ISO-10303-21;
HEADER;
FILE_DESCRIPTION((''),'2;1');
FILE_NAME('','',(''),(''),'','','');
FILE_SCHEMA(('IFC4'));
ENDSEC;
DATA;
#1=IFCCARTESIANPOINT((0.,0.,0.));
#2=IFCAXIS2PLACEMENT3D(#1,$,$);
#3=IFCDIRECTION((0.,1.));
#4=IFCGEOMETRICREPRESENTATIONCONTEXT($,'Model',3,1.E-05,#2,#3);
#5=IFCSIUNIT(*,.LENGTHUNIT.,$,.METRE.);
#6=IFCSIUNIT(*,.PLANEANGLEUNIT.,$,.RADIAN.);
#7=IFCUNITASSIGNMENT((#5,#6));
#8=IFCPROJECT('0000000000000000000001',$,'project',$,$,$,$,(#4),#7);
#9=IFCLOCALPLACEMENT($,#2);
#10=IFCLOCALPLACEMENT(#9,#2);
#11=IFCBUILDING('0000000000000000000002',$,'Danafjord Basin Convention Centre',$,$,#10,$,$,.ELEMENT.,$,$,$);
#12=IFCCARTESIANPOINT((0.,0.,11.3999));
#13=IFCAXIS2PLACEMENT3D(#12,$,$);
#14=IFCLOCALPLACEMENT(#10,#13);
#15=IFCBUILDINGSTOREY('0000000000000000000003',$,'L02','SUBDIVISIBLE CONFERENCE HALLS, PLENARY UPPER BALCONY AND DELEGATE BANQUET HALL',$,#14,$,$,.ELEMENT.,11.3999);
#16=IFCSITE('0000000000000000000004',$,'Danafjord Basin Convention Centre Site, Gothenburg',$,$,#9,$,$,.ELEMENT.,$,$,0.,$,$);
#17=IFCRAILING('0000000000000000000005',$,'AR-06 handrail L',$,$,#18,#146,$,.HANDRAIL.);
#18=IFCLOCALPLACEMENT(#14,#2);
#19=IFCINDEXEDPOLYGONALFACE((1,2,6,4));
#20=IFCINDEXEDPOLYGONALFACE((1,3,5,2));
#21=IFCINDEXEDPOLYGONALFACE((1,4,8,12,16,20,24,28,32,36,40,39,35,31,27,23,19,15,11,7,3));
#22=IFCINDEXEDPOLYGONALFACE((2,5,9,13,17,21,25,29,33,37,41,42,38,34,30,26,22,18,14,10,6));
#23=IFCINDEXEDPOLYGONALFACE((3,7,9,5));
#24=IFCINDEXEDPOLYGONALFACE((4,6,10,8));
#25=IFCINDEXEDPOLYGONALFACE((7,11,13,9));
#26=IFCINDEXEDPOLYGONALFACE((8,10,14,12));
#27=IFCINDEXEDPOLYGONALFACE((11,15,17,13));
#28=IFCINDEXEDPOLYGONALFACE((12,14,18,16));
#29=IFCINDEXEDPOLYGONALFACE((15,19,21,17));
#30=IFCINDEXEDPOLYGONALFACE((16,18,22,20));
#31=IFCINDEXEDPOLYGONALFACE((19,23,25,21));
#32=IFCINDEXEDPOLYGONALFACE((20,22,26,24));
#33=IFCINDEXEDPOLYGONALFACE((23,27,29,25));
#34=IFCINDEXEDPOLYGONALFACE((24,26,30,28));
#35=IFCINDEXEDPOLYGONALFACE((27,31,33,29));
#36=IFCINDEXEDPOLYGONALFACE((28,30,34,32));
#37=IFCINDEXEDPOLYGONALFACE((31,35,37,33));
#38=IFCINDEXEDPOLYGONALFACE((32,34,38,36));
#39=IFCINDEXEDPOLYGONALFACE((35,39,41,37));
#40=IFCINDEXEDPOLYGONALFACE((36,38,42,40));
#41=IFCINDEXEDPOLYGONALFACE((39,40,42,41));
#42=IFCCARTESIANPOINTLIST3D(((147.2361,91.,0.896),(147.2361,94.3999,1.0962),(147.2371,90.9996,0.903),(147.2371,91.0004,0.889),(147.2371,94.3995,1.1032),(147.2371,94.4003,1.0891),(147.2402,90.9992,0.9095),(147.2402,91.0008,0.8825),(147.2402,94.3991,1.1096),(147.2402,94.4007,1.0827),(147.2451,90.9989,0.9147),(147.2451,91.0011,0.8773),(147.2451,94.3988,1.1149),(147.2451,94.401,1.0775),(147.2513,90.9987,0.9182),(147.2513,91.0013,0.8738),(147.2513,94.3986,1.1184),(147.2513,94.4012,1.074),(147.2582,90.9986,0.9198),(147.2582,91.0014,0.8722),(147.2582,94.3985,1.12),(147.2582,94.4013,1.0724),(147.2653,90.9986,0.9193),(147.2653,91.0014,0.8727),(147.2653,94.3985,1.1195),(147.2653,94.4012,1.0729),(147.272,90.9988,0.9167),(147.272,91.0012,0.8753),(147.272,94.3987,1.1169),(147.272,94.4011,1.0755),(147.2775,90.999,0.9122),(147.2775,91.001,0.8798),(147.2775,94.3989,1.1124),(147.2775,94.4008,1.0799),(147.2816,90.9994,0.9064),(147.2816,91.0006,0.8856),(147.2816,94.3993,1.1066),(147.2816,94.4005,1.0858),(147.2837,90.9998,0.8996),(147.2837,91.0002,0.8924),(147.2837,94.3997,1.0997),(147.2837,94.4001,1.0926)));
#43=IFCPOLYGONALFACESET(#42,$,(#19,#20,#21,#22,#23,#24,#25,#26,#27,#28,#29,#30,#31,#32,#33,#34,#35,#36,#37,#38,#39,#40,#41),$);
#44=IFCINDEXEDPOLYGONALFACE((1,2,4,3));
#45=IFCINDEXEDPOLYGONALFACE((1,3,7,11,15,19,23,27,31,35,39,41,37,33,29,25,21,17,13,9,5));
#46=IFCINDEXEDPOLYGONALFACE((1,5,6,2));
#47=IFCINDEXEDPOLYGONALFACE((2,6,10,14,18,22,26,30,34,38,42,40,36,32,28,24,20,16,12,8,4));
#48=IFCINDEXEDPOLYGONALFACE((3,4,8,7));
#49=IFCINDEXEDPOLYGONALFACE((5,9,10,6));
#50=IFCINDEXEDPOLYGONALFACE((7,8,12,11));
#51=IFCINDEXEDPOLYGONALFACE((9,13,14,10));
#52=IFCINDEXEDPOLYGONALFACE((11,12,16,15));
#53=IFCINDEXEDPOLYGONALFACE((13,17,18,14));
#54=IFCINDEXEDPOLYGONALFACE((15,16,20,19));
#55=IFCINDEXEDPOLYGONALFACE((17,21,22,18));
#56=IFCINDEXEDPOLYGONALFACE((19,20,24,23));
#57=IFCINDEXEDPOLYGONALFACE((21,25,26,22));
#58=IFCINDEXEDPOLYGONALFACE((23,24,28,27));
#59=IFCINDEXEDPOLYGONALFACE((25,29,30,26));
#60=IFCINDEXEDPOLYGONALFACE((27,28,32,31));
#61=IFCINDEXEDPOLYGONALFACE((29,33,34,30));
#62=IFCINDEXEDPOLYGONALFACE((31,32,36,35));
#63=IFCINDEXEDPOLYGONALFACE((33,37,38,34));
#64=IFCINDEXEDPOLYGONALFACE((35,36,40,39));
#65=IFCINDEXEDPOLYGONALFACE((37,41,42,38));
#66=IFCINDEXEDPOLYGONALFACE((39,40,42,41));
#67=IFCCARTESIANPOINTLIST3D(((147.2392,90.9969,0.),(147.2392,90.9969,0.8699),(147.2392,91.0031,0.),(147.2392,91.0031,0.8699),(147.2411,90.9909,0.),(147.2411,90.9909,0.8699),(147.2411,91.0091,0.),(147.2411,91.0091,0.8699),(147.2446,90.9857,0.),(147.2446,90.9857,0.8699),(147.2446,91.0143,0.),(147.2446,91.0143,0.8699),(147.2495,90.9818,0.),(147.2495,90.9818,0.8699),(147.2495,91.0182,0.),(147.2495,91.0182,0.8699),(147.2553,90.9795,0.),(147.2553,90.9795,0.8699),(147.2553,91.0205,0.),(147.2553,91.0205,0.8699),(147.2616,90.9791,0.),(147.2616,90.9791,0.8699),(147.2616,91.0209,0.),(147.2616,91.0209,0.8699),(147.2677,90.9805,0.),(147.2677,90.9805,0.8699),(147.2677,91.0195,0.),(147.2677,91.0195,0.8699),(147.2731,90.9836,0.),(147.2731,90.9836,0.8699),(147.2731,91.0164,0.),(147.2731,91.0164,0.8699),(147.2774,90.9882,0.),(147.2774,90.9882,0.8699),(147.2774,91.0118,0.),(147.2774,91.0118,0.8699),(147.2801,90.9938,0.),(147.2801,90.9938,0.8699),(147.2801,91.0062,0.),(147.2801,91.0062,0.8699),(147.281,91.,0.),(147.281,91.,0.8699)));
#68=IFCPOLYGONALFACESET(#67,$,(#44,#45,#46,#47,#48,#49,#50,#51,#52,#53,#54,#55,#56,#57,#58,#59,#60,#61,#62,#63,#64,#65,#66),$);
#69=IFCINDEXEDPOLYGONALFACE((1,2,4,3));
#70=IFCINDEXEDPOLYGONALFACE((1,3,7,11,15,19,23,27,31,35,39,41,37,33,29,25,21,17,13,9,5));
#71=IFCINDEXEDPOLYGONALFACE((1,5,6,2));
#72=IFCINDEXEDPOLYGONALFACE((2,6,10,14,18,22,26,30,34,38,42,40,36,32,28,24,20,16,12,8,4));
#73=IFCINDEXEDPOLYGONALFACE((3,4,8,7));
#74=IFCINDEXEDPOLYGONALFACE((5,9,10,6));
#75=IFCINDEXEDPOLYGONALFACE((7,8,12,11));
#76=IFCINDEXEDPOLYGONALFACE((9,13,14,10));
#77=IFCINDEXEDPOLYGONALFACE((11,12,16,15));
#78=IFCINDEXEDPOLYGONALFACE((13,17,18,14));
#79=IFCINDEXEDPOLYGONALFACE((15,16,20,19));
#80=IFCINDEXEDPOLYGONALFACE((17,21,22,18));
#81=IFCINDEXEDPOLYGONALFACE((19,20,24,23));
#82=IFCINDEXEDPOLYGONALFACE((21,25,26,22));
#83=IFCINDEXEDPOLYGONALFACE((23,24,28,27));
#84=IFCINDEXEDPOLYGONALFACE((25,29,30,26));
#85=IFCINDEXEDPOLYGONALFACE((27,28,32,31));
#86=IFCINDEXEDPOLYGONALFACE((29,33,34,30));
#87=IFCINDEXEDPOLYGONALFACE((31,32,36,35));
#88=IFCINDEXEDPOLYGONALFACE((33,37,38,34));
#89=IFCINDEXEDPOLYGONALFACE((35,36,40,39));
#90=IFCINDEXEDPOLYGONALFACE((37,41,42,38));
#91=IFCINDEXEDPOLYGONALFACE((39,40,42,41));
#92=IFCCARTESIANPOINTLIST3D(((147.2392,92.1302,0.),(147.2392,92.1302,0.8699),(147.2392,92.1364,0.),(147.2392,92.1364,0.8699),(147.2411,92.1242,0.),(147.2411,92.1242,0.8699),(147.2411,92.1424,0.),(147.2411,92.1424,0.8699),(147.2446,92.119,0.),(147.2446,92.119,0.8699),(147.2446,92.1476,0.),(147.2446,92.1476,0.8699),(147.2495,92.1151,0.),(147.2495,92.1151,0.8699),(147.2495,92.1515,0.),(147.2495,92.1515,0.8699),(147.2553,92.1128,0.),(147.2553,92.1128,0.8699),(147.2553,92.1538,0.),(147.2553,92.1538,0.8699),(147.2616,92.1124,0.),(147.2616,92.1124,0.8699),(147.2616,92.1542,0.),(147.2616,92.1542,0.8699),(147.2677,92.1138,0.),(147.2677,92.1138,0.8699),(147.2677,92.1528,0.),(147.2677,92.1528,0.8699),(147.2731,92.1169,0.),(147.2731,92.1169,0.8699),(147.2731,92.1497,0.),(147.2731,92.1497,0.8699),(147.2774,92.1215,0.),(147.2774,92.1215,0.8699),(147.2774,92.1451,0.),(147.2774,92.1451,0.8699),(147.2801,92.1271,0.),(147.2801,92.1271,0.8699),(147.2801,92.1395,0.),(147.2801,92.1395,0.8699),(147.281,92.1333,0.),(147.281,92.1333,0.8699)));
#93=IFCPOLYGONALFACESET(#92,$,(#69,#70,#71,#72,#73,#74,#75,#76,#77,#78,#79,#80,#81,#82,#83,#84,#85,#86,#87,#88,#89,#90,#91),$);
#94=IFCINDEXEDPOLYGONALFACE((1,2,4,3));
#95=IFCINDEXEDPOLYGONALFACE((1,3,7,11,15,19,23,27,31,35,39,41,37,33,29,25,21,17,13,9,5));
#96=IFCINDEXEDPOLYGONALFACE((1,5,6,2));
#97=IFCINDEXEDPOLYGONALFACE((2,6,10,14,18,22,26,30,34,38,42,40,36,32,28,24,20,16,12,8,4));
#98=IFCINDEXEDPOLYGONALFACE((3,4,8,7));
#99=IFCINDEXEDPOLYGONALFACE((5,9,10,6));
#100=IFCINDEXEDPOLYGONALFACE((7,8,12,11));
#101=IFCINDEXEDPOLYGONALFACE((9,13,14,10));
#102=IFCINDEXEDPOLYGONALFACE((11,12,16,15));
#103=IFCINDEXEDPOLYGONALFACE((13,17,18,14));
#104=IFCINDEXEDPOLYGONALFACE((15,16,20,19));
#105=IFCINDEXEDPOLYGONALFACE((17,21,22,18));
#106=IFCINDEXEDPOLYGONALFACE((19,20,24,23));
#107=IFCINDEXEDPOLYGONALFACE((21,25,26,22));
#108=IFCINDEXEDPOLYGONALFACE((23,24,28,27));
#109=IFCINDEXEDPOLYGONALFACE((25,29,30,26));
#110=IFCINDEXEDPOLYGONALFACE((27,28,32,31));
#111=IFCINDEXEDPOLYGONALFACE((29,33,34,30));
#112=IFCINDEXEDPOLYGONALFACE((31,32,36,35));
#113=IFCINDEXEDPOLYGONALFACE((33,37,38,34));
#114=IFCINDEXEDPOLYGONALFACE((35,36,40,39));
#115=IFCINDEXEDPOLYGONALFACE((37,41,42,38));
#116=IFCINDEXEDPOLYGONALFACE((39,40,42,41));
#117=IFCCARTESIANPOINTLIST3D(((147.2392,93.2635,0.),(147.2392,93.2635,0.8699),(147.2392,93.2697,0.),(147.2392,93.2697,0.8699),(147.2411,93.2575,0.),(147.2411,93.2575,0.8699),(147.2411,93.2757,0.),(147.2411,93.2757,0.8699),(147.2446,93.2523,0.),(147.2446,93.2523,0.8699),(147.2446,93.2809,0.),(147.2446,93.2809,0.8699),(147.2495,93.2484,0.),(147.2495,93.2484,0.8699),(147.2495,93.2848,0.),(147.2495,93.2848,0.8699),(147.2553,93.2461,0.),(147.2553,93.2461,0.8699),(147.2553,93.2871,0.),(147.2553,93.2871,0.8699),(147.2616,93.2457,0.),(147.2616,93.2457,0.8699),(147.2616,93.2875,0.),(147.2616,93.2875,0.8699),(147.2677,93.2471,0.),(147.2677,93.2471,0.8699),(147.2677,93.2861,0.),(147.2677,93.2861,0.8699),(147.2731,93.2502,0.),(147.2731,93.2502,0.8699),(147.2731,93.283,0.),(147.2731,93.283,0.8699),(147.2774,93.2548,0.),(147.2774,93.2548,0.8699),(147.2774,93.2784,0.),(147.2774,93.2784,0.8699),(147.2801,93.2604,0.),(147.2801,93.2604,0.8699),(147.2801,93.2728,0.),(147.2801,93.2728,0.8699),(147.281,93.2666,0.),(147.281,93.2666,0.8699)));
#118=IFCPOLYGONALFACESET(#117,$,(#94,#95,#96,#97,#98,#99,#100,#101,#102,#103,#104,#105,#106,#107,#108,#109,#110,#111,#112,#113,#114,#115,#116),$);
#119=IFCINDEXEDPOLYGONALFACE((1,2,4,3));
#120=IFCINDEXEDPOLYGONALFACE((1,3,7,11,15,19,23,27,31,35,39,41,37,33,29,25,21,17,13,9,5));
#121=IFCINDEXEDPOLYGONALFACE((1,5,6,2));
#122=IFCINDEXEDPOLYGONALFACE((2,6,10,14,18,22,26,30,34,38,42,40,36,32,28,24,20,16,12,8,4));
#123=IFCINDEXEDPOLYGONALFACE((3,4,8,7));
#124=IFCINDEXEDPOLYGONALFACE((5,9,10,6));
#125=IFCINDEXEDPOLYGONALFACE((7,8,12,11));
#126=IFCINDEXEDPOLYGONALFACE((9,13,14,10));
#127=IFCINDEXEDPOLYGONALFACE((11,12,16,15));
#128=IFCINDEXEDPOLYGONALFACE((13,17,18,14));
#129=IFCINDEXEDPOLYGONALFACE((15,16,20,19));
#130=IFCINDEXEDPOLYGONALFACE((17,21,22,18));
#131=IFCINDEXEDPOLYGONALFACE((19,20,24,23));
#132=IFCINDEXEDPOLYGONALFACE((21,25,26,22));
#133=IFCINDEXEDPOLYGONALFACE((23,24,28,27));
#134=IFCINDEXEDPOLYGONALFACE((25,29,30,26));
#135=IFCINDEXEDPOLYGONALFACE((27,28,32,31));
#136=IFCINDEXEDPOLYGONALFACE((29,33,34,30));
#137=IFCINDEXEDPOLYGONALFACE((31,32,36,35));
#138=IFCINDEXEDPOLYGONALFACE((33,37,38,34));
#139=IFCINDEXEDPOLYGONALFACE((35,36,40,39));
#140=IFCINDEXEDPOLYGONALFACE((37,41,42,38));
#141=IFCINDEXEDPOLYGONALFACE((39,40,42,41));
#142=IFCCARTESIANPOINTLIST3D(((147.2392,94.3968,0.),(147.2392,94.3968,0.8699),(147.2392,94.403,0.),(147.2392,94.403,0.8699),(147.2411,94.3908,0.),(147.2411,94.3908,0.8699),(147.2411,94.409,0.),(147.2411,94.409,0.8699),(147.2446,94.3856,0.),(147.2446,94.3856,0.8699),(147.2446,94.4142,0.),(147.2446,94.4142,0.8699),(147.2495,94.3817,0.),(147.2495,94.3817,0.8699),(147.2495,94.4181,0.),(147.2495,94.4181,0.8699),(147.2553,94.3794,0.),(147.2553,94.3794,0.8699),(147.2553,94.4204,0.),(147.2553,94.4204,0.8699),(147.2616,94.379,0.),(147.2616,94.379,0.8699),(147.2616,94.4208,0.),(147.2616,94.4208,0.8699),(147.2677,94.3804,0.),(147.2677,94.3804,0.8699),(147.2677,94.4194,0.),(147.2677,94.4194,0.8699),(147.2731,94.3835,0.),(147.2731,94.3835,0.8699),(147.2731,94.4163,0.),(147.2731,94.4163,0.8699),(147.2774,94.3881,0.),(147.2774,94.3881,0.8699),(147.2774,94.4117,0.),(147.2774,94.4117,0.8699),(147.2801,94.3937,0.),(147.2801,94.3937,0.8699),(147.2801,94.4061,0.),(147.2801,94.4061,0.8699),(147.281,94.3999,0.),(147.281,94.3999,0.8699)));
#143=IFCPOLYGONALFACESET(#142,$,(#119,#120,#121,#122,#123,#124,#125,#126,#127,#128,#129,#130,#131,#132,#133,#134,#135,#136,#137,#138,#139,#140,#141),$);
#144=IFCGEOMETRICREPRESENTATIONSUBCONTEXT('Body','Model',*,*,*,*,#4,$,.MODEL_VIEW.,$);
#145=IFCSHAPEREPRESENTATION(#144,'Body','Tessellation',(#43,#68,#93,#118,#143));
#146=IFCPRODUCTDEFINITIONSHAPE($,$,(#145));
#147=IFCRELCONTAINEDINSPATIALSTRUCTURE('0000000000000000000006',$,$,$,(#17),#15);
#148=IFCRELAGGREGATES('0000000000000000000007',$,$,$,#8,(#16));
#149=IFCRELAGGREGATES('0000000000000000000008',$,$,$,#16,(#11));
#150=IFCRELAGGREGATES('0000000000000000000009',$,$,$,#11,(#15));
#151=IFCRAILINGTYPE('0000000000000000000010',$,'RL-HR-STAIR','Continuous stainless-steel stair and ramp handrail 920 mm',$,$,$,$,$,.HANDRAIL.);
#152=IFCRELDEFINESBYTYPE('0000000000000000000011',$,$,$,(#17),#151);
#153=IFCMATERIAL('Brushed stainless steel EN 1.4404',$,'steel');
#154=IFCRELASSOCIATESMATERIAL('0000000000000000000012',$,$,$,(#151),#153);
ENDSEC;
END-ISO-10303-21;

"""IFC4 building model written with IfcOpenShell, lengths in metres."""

from ifc_helpers import new_model, si_unit, direction, frame, origin, origin_2d, place, context, subcontext, project, spatial, circle, extrude, material, type_object, element, save


model = new_model("IFC4")

# Units and contexts
model_context = context("Model", 3, precision=1e-05, world=origin(), true_north=direction((0.0, 1.0)))
body_context = subcontext(model_context, "Body", "Model", "MODEL_VIEW")
ifc_project = project(units=[si_unit("LENGTHUNIT", "METRE"), si_unit("PLANEANGLEUNIT", "RADIAN")], contexts=[model_context])

# Site, building, storey
site_placement = place(None, origin())
site = spatial("IfcSite", under=ifc_project, at=site_placement, Name="Danafjord Basin Convention Centre Site, Gothenburg", CompositionType="ELEMENT", RefElevation=0.0)
building_placement = place(site_placement, origin())
building = spatial("IfcBuilding", under=site, at=building_placement, Name="Danafjord Basin Convention Centre", CompositionType="ELEMENT")
storey_placement = place(building_placement, frame((0.0, 0.0, 11.3999)))
storey = spatial("IfcBuildingStorey", under=building, at=storey_placement, Name="L02", Description="SUBDIVISIBLE CONFERENCE HALLS, PLENARY UPPER BALCONY AND DELEGATE BANQUET HALL", CompositionType="ELEMENT", Elevation=11.3999)

# Railing
ifc_material_1 = material(Name="Brushed stainless steel EN 1.4404", Category="steel")
railing_type = type_object("IfcRailingType", Name="RL-HR-STAIR", Description="Continuous stainless-steel stair and ramp handrail 920 mm", PredefinedType="HANDRAIL", material=ifc_material_1)
for number, where, name in (
    (1, (147.26, 91.0, 0.0), "AR-06 handrail L"),
):
    element("IfcRailing", number, at=place(storey_placement, frame(where)), inside=storey, type_object=railing_type, Name=name, PredefinedType="HANDRAIL", context=body_context, shape_type="SweptSolid", body=[
        extrude(circle(Radius=0.0239, at=origin_2d()), frame((0.0, 0.0, 0.896), z_axis=(0.0, 0.998271, 0.058781), x_axis=(-1.0, 0.0, 0.0)), (0.0, 0.0, 1.0), 3.4058),
        extrude(circle(Radius=0.021, at=origin_2d()), origin(), (0.0, 0.0, 1.0), 0.8699),
        extrude(circle(Radius=0.021, at=origin_2d()), frame((0.0, 1.1333, 0.0)), (0.0, 0.0, 1.0), 0.8699),
        extrude(circle(Radius=0.021, at=origin_2d()), frame((0.0, 2.2666, 0.0)), (0.0, 0.0, 1.0), 0.8699),
        extrude(circle(Radius=0.021, at=origin_2d()), frame((0.0, 3.3999, 0.0)), (0.0, 0.0, 1.0), 0.8699),
    ])

save(model, "model.ifc")
